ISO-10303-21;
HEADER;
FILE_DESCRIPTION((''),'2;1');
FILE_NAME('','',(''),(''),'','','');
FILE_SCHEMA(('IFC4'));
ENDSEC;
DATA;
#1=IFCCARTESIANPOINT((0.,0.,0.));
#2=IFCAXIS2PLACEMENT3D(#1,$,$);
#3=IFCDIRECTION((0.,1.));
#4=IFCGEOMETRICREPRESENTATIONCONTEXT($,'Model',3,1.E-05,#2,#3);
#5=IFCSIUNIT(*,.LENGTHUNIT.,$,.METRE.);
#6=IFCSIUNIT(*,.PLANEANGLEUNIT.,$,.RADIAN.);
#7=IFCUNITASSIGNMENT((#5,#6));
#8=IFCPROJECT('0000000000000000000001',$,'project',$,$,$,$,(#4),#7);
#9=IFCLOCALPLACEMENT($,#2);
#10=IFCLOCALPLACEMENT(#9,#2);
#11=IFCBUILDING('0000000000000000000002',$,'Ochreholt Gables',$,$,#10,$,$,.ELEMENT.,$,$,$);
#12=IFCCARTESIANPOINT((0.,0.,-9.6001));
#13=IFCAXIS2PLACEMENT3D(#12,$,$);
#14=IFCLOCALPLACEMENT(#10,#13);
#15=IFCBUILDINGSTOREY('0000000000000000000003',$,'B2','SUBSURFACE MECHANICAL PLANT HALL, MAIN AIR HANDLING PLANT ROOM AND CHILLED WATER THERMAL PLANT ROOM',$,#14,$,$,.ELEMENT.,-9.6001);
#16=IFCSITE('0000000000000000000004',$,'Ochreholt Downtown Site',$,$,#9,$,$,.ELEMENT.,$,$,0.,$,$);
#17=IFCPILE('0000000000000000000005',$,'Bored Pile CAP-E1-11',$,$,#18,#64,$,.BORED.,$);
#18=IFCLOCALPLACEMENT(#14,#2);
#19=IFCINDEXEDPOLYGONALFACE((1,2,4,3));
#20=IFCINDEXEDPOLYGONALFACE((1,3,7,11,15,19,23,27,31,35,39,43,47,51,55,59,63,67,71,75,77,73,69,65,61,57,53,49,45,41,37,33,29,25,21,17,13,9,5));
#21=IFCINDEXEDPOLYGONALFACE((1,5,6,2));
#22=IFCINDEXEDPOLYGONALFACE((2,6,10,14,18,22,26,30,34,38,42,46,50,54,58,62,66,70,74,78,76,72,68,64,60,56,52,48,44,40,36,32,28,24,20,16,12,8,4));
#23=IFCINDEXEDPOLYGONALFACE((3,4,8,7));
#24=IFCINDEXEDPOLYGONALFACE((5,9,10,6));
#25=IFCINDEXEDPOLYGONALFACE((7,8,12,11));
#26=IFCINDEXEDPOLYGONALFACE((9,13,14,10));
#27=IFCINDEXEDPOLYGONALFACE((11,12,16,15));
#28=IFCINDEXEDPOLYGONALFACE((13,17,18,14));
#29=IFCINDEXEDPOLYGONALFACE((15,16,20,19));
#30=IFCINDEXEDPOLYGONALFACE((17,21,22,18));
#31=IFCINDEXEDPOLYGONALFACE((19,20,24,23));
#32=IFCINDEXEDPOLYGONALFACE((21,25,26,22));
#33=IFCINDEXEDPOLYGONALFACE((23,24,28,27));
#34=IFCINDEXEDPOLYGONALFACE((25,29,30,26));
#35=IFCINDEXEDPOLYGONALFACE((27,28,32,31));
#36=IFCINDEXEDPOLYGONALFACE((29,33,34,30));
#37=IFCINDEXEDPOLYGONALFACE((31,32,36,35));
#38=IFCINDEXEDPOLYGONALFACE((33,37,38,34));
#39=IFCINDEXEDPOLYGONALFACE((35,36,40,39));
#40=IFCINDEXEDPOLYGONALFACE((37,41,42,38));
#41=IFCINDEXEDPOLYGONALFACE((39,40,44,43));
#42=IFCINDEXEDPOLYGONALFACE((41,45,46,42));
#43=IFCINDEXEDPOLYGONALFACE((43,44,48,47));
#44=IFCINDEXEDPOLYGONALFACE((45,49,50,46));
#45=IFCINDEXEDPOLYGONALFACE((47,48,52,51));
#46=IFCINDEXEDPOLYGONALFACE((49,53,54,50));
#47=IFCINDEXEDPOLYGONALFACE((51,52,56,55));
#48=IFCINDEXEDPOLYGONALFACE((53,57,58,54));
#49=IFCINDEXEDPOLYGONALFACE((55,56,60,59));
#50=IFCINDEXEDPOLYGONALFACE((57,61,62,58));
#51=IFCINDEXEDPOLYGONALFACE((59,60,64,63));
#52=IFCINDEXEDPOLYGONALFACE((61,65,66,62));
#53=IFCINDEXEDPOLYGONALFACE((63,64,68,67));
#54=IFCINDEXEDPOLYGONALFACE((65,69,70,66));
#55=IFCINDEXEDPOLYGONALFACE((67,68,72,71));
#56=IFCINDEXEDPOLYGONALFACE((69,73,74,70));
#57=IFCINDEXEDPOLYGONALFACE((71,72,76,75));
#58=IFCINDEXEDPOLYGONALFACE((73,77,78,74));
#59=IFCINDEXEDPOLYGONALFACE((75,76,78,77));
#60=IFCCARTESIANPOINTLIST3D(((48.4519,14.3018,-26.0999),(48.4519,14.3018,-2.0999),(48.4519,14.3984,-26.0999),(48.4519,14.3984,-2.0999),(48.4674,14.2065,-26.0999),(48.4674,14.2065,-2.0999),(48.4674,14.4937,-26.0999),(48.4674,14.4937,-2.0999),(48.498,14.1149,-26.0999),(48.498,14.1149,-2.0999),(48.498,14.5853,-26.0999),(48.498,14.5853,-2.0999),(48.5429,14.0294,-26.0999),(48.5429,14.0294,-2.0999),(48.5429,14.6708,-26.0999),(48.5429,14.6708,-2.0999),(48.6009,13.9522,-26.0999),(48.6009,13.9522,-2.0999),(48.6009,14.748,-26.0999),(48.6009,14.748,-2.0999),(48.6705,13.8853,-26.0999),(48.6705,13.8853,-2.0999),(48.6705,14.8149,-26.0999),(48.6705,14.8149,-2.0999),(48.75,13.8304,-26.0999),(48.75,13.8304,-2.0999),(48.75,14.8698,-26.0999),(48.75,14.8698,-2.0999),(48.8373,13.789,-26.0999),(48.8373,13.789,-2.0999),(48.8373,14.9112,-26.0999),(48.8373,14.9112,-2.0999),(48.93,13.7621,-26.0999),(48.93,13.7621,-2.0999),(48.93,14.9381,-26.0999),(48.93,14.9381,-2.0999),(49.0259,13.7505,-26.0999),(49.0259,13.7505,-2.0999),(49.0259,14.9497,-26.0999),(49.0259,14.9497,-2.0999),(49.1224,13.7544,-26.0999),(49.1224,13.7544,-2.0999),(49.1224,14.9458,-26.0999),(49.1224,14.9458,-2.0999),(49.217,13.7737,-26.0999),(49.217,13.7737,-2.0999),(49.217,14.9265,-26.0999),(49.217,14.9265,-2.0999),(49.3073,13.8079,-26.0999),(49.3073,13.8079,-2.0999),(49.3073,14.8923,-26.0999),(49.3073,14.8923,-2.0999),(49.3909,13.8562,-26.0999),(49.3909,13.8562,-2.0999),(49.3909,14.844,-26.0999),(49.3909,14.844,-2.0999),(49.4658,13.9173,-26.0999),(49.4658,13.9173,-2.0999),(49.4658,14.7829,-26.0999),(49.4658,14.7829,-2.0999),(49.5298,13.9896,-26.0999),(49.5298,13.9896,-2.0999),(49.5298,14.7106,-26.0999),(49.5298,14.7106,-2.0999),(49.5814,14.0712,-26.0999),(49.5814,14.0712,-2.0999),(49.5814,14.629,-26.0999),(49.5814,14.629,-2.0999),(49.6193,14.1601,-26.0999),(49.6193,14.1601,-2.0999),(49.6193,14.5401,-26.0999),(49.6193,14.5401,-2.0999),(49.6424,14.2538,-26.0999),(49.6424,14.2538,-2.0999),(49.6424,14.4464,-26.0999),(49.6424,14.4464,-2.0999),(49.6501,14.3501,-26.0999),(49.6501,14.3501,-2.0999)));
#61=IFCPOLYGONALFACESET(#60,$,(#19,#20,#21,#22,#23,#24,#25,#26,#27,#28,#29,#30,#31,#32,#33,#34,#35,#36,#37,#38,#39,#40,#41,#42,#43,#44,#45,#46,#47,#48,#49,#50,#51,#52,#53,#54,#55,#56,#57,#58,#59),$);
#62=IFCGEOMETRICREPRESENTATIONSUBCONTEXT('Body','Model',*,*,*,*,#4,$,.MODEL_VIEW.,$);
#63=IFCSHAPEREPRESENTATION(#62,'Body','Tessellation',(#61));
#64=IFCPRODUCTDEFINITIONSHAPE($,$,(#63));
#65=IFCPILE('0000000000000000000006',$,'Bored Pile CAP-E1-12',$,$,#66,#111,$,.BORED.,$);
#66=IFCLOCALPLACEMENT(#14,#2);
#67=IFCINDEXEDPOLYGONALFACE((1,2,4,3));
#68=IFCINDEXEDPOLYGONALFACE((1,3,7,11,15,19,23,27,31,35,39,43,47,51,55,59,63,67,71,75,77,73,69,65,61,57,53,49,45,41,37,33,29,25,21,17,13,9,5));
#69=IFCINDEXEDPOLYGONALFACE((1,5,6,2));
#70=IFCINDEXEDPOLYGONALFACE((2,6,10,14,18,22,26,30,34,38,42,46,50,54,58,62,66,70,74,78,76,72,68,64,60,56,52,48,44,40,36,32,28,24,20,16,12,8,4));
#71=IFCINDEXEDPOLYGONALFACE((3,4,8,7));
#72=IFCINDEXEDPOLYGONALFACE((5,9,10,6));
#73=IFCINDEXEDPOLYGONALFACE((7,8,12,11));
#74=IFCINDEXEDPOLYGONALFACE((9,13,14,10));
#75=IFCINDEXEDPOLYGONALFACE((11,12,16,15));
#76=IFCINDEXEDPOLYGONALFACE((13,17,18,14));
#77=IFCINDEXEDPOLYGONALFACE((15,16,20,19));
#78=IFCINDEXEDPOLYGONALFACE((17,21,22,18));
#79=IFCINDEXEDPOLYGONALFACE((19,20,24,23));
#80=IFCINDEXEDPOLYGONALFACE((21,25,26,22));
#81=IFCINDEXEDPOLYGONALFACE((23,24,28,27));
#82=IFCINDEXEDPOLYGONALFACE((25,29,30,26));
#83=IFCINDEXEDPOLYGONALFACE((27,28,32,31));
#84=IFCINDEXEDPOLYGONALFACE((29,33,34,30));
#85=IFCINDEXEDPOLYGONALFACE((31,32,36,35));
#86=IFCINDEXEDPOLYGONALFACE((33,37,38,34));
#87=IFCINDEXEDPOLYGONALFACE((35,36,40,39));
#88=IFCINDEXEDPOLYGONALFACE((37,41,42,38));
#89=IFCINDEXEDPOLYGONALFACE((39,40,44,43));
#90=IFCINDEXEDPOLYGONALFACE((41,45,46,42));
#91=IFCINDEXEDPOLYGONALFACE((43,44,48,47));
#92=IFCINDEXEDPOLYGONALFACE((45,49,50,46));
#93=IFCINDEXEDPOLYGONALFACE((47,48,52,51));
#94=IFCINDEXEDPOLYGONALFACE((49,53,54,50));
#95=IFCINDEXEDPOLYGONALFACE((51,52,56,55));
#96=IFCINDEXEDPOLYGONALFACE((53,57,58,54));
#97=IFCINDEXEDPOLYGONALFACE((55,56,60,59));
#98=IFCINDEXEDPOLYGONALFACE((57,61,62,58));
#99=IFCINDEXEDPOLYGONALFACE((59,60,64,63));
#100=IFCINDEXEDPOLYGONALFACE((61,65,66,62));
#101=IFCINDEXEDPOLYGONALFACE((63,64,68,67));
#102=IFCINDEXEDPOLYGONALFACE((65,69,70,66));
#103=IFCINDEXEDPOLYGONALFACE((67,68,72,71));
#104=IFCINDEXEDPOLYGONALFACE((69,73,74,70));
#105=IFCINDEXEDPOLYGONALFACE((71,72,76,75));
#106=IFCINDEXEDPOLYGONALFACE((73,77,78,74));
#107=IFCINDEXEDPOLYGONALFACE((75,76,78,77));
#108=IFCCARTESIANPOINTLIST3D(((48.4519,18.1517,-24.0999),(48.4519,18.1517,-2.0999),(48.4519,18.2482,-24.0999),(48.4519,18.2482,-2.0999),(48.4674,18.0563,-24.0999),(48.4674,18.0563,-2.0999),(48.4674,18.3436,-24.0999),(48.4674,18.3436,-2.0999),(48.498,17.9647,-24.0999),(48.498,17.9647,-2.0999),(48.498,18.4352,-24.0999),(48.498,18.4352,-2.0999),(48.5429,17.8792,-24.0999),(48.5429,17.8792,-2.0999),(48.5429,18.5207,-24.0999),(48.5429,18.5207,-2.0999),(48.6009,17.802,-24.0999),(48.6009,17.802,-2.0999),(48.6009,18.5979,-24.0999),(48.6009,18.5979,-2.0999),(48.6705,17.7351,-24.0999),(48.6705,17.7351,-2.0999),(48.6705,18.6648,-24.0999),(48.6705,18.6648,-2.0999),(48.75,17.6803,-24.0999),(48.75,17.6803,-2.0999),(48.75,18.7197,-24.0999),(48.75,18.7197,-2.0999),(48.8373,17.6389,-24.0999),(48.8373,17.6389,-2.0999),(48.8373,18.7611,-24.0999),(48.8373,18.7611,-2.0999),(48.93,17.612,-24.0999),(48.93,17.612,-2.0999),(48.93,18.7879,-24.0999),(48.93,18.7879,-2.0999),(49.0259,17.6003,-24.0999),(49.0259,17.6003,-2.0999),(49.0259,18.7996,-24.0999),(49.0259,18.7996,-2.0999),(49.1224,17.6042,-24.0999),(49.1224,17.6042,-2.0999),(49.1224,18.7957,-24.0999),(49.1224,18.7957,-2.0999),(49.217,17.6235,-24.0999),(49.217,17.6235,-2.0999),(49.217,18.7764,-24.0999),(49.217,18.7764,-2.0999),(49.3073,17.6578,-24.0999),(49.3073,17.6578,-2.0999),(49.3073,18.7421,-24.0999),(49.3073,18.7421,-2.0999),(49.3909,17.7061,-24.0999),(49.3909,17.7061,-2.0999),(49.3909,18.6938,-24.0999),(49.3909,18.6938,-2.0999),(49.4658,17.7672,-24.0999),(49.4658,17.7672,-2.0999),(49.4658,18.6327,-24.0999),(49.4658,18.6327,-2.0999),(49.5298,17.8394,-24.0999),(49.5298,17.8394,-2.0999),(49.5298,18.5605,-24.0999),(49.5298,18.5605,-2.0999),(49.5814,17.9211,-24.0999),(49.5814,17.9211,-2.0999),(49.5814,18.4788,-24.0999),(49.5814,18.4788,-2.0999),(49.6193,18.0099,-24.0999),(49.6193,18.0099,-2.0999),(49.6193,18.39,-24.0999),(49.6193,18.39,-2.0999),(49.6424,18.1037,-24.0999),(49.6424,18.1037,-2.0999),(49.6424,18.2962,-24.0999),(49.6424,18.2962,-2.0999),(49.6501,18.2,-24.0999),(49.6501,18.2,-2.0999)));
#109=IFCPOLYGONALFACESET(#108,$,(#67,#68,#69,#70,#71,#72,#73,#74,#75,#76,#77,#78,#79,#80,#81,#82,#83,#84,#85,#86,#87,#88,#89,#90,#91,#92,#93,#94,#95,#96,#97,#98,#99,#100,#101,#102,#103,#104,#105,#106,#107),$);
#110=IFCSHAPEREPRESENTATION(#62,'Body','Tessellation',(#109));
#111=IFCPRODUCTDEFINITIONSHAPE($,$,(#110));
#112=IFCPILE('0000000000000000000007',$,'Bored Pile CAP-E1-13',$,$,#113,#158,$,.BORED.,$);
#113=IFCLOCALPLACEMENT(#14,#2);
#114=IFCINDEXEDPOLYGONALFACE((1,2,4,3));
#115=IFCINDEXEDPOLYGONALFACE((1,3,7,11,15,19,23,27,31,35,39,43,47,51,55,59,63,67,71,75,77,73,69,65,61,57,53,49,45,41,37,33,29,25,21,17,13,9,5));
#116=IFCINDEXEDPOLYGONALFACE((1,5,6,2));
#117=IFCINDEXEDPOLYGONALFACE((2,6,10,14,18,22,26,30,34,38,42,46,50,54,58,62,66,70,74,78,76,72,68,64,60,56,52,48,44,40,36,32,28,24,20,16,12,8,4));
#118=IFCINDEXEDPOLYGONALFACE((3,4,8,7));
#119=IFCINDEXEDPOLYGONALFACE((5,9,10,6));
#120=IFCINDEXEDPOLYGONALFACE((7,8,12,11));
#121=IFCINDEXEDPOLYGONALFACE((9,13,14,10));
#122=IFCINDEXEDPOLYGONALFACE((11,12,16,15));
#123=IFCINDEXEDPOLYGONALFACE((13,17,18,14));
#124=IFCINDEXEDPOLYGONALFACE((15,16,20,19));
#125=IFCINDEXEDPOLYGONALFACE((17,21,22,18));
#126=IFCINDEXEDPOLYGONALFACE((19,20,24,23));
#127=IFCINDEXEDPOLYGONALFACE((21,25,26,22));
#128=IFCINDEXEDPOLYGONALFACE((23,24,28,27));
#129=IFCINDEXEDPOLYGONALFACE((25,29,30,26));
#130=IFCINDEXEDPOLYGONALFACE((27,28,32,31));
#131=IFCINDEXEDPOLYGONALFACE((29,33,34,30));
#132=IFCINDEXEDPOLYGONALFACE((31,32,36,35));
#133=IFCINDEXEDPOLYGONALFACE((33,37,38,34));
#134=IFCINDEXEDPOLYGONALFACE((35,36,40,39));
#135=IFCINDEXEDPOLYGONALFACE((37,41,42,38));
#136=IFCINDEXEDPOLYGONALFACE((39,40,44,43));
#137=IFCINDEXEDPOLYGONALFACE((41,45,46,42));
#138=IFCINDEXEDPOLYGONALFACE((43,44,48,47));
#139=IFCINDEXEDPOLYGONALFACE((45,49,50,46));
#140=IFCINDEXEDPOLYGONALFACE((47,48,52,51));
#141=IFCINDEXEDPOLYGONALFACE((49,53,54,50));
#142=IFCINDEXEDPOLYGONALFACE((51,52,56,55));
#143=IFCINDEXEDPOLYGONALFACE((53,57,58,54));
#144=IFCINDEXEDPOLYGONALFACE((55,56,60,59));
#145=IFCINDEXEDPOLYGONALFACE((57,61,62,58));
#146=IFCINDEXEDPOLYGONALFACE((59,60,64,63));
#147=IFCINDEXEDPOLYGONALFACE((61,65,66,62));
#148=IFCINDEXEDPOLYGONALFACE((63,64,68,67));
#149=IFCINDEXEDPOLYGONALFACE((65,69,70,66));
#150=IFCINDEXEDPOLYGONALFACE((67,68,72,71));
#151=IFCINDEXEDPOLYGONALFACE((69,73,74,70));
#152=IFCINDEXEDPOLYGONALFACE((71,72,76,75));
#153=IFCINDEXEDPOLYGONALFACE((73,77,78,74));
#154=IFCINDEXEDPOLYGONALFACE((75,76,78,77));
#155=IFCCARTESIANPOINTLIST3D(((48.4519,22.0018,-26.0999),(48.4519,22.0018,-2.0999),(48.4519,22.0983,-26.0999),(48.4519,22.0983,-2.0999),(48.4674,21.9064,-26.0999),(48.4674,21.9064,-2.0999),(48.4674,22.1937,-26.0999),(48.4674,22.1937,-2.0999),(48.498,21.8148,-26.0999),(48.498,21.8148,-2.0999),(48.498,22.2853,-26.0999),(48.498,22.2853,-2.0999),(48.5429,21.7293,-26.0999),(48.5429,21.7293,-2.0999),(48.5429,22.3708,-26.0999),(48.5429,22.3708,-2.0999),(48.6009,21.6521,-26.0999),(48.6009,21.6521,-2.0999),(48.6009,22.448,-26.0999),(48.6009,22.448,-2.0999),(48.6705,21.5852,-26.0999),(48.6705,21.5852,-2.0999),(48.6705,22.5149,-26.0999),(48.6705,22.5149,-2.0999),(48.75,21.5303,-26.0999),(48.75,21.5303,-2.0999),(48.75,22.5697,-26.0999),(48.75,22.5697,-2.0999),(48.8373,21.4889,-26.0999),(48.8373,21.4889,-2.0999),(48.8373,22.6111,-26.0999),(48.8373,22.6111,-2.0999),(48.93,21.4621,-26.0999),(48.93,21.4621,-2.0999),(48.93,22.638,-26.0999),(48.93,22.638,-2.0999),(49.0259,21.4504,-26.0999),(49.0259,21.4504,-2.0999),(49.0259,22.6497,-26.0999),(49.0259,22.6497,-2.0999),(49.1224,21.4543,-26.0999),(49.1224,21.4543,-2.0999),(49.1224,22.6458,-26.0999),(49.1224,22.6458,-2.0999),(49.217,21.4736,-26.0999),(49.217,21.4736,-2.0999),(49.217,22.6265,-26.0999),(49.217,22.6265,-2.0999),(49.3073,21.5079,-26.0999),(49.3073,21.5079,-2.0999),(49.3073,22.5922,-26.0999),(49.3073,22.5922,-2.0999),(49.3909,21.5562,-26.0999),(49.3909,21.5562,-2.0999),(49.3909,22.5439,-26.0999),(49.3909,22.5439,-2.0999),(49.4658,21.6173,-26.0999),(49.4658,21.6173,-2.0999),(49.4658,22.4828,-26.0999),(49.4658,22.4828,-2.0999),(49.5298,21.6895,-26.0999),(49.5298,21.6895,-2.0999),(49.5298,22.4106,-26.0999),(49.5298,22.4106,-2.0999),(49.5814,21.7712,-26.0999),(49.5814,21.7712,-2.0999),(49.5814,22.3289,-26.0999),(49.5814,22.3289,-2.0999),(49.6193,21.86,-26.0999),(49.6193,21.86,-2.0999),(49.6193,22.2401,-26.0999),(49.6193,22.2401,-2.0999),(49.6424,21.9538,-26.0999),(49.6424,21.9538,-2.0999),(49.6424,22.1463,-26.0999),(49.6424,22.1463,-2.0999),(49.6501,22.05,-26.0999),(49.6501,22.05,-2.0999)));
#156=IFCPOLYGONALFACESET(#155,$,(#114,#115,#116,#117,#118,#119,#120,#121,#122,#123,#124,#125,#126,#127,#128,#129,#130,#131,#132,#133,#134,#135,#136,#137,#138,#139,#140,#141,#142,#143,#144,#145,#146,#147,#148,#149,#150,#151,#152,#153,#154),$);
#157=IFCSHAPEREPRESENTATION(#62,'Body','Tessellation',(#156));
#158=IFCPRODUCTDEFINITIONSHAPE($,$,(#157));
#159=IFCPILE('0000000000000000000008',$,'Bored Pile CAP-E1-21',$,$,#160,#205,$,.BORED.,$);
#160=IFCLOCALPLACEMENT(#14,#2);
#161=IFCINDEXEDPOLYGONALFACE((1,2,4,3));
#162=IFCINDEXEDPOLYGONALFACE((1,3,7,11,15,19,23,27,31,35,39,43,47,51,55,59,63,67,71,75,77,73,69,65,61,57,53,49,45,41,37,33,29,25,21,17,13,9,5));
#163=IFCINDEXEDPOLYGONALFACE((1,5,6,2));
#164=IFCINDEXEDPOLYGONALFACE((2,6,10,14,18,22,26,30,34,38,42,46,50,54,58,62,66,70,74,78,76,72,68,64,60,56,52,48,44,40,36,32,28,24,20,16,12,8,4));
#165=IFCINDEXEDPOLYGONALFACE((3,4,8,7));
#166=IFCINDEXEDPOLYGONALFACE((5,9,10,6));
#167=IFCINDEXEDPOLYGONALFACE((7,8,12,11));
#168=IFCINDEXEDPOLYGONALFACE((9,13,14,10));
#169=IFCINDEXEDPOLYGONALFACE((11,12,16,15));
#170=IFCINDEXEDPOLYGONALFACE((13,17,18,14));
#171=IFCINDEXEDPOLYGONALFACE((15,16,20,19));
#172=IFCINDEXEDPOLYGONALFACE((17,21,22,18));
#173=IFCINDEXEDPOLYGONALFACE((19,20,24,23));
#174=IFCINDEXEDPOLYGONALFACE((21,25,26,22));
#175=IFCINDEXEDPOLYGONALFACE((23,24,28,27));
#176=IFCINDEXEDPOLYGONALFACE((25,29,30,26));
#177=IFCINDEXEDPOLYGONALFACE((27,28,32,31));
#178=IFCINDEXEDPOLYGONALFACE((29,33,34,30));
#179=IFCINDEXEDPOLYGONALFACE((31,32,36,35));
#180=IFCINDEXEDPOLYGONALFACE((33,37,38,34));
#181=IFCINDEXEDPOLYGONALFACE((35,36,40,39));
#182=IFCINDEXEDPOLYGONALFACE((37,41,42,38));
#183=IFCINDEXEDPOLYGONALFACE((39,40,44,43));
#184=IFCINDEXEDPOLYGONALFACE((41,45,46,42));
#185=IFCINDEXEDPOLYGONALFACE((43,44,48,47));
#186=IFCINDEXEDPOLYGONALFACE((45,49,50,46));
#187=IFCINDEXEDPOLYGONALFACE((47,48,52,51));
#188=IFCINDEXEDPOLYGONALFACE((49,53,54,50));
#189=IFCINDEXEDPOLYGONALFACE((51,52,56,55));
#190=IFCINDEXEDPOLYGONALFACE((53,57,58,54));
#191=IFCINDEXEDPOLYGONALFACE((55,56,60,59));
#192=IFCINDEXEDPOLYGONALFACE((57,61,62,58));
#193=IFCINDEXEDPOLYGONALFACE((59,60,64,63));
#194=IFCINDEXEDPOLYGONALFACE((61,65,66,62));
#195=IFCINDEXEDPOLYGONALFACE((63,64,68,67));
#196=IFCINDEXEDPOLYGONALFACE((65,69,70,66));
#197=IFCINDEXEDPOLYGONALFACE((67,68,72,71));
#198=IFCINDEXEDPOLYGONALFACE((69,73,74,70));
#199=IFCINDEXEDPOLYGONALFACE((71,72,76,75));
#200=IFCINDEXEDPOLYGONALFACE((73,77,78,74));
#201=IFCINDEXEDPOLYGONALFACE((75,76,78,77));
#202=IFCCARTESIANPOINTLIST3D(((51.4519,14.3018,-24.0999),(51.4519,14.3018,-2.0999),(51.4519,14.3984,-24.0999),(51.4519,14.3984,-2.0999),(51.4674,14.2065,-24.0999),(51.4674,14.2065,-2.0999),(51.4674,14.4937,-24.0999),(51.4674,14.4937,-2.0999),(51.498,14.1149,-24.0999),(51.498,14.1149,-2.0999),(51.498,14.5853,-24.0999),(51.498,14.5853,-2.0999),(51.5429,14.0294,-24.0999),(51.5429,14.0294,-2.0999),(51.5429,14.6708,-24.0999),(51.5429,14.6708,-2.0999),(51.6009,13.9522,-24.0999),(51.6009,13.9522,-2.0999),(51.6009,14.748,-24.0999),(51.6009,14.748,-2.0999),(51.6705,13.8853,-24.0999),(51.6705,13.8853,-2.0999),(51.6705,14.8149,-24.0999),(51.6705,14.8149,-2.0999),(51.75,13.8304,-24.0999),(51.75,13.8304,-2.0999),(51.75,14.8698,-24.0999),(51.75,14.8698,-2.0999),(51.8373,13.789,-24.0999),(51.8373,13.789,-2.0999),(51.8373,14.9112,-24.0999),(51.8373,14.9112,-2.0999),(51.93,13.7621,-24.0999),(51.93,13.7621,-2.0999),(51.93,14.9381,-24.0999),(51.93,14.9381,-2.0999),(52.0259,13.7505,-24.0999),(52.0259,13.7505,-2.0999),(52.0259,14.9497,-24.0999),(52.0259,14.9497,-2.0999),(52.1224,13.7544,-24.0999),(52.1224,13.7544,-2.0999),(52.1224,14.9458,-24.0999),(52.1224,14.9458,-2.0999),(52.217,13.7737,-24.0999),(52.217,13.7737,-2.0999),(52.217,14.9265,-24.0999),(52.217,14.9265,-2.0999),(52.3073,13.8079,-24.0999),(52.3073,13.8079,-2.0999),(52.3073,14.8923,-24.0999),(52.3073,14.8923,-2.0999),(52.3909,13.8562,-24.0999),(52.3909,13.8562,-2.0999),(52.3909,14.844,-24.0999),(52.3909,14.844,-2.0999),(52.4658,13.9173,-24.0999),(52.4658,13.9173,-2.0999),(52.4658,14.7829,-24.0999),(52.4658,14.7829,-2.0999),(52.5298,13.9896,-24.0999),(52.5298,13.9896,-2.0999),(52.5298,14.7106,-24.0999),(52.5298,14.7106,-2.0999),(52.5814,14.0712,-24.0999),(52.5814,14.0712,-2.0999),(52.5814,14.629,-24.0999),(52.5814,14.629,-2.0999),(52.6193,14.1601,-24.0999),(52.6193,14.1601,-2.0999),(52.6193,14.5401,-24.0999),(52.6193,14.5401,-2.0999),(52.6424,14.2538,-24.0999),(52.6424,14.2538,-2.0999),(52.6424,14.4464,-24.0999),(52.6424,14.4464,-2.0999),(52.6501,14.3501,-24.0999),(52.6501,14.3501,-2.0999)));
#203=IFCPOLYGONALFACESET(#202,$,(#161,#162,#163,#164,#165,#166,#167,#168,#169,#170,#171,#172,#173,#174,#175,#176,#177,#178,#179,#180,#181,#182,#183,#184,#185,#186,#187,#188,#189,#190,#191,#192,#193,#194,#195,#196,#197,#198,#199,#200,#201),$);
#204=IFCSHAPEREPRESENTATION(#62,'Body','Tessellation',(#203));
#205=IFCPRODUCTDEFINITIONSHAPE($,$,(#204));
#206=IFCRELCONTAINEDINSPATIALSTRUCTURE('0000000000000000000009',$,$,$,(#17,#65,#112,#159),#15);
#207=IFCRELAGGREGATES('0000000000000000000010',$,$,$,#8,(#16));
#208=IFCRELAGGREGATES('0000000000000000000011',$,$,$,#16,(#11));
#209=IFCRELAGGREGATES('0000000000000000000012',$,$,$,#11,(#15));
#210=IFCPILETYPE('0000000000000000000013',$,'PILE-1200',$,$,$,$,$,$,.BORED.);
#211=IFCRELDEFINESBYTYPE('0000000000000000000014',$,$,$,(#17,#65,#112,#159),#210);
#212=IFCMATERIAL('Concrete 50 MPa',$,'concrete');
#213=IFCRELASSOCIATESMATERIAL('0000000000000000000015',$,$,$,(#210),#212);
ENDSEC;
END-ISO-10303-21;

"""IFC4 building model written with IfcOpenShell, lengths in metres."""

from ifc_helpers import new_model, si_unit, direction, frame, origin, origin_2d, place, context, subcontext, project, spatial, circle, extrude, material, material_profile, profile_set, type_object, element, save


model = new_model("IFC4")

# Units and contexts
model_context = context("Model", 3, precision=1e-05, world=origin(), true_north=direction((0.0, 1.0)))
body_context = subcontext(model_context, "Body", "Model", "MODEL_VIEW")
ifc_project = project(units=[si_unit("LENGTHUNIT", "METRE"), si_unit("PLANEANGLEUNIT", "RADIAN")], contexts=[model_context])

# Site, building, storey
site_placement = place(None, origin())
site = spatial("IfcSite", under=ifc_project, at=site_placement, Name="Ochreholt Downtown Site", CompositionType="ELEMENT", RefElevation=0.0)
building_placement = place(site_placement, origin())
building = spatial("IfcBuilding", under=site, at=building_placement, Name="Ochreholt Gables", CompositionType="ELEMENT")
storey_placement = place(building_placement, frame((0.0, 0.0, -9.6001)))
storey = spatial("IfcBuildingStorey", under=building, at=storey_placement, Name="B2", Description="SUBSURFACE MECHANICAL PLANT HALL, MAIN AIR HANDLING PLANT ROOM AND CHILLED WATER THERMAL PLANT ROOM", CompositionType="ELEMENT", Elevation=-9.6001)

# Shared definitions
ifc_material_1 = material(Name="Concrete 50 MPa", Category="concrete")

# Piles
ifc_material_profile_1 = material_profile(ifc_material_1, circle(Radius=0.6001, at=origin_2d()), Name="PILE1200")
ifc_profile_set_1 = profile_set([ifc_material_profile_1], Name="Concrete 50 MPa")
pile_type = type_object("IfcPileType", Name="PILE-1200", PredefinedType="BORED", material=ifc_profile_set_1)
for number, where, z_axis, x_axis, name in (
    (1, (49.05, 14.3501, -2.0999), (0.0, 0.0, -1.0), (1.0, 0.0, 0.0), "Bored Pile CAP-E1-11"),
):
    element("IfcPile", number, at=place(storey_placement, frame(where, z_axis=z_axis, x_axis=x_axis)), inside=storey, type_object=pile_type, Name=name, PredefinedType="BORED", context=body_context, shape_type="SweptSolid", body=[
        extrude(circle(Radius=0.6001, at=origin_2d()), origin(), (0.0, 0.0, 1.0), 24.0),
    ])
pile_1_placement = place(storey_placement, frame((49.05, 18.2, -2.0999), z_axis=(0.0, 0.0, -1.0), x_axis=(1.0, 0.0, 0.0)))
element("IfcPile", 2, at=pile_1_placement, inside=storey, type_object=pile_type, Name="Bored Pile CAP-E1-12", PredefinedType="BORED", context=body_context, shape_type="SweptSolid", body=[
    extrude(circle(Radius=0.6001, at=origin_2d()), origin(), (0.0, 0.0, 1.0), 22.0),
])
pile_2_placement = place(storey_placement, frame((49.05, 22.05, -2.0999), z_axis=(0.0, 0.0, -1.0), x_axis=(1.0, 0.0, 0.0)))
element("IfcPile", 3, at=pile_2_placement, inside=storey, type_object=pile_type, Name="Bored Pile CAP-E1-13", PredefinedType="BORED", context=body_context, shape_type="SweptSolid", body=[
    extrude(circle(Radius=0.6001, at=origin_2d()), origin(), (0.0, 0.0, 1.0), 24.0),
])
pile_3_placement = place(storey_placement, frame((52.05, 14.3501, -2.0999), z_axis=(0.0, 0.0, -1.0), x_axis=(1.0, 0.0, 0.0)))
element("IfcPile", 4, at=pile_3_placement, inside=storey, type_object=pile_type, Name="Bored Pile CAP-E1-21", PredefinedType="BORED", context=body_context, shape_type="SweptSolid", body=[
    extrude(circle(Radius=0.6001, at=origin_2d()), origin(), (0.0, 0.0, 1.0), 22.0),
])

save(model, "model.ifc")
